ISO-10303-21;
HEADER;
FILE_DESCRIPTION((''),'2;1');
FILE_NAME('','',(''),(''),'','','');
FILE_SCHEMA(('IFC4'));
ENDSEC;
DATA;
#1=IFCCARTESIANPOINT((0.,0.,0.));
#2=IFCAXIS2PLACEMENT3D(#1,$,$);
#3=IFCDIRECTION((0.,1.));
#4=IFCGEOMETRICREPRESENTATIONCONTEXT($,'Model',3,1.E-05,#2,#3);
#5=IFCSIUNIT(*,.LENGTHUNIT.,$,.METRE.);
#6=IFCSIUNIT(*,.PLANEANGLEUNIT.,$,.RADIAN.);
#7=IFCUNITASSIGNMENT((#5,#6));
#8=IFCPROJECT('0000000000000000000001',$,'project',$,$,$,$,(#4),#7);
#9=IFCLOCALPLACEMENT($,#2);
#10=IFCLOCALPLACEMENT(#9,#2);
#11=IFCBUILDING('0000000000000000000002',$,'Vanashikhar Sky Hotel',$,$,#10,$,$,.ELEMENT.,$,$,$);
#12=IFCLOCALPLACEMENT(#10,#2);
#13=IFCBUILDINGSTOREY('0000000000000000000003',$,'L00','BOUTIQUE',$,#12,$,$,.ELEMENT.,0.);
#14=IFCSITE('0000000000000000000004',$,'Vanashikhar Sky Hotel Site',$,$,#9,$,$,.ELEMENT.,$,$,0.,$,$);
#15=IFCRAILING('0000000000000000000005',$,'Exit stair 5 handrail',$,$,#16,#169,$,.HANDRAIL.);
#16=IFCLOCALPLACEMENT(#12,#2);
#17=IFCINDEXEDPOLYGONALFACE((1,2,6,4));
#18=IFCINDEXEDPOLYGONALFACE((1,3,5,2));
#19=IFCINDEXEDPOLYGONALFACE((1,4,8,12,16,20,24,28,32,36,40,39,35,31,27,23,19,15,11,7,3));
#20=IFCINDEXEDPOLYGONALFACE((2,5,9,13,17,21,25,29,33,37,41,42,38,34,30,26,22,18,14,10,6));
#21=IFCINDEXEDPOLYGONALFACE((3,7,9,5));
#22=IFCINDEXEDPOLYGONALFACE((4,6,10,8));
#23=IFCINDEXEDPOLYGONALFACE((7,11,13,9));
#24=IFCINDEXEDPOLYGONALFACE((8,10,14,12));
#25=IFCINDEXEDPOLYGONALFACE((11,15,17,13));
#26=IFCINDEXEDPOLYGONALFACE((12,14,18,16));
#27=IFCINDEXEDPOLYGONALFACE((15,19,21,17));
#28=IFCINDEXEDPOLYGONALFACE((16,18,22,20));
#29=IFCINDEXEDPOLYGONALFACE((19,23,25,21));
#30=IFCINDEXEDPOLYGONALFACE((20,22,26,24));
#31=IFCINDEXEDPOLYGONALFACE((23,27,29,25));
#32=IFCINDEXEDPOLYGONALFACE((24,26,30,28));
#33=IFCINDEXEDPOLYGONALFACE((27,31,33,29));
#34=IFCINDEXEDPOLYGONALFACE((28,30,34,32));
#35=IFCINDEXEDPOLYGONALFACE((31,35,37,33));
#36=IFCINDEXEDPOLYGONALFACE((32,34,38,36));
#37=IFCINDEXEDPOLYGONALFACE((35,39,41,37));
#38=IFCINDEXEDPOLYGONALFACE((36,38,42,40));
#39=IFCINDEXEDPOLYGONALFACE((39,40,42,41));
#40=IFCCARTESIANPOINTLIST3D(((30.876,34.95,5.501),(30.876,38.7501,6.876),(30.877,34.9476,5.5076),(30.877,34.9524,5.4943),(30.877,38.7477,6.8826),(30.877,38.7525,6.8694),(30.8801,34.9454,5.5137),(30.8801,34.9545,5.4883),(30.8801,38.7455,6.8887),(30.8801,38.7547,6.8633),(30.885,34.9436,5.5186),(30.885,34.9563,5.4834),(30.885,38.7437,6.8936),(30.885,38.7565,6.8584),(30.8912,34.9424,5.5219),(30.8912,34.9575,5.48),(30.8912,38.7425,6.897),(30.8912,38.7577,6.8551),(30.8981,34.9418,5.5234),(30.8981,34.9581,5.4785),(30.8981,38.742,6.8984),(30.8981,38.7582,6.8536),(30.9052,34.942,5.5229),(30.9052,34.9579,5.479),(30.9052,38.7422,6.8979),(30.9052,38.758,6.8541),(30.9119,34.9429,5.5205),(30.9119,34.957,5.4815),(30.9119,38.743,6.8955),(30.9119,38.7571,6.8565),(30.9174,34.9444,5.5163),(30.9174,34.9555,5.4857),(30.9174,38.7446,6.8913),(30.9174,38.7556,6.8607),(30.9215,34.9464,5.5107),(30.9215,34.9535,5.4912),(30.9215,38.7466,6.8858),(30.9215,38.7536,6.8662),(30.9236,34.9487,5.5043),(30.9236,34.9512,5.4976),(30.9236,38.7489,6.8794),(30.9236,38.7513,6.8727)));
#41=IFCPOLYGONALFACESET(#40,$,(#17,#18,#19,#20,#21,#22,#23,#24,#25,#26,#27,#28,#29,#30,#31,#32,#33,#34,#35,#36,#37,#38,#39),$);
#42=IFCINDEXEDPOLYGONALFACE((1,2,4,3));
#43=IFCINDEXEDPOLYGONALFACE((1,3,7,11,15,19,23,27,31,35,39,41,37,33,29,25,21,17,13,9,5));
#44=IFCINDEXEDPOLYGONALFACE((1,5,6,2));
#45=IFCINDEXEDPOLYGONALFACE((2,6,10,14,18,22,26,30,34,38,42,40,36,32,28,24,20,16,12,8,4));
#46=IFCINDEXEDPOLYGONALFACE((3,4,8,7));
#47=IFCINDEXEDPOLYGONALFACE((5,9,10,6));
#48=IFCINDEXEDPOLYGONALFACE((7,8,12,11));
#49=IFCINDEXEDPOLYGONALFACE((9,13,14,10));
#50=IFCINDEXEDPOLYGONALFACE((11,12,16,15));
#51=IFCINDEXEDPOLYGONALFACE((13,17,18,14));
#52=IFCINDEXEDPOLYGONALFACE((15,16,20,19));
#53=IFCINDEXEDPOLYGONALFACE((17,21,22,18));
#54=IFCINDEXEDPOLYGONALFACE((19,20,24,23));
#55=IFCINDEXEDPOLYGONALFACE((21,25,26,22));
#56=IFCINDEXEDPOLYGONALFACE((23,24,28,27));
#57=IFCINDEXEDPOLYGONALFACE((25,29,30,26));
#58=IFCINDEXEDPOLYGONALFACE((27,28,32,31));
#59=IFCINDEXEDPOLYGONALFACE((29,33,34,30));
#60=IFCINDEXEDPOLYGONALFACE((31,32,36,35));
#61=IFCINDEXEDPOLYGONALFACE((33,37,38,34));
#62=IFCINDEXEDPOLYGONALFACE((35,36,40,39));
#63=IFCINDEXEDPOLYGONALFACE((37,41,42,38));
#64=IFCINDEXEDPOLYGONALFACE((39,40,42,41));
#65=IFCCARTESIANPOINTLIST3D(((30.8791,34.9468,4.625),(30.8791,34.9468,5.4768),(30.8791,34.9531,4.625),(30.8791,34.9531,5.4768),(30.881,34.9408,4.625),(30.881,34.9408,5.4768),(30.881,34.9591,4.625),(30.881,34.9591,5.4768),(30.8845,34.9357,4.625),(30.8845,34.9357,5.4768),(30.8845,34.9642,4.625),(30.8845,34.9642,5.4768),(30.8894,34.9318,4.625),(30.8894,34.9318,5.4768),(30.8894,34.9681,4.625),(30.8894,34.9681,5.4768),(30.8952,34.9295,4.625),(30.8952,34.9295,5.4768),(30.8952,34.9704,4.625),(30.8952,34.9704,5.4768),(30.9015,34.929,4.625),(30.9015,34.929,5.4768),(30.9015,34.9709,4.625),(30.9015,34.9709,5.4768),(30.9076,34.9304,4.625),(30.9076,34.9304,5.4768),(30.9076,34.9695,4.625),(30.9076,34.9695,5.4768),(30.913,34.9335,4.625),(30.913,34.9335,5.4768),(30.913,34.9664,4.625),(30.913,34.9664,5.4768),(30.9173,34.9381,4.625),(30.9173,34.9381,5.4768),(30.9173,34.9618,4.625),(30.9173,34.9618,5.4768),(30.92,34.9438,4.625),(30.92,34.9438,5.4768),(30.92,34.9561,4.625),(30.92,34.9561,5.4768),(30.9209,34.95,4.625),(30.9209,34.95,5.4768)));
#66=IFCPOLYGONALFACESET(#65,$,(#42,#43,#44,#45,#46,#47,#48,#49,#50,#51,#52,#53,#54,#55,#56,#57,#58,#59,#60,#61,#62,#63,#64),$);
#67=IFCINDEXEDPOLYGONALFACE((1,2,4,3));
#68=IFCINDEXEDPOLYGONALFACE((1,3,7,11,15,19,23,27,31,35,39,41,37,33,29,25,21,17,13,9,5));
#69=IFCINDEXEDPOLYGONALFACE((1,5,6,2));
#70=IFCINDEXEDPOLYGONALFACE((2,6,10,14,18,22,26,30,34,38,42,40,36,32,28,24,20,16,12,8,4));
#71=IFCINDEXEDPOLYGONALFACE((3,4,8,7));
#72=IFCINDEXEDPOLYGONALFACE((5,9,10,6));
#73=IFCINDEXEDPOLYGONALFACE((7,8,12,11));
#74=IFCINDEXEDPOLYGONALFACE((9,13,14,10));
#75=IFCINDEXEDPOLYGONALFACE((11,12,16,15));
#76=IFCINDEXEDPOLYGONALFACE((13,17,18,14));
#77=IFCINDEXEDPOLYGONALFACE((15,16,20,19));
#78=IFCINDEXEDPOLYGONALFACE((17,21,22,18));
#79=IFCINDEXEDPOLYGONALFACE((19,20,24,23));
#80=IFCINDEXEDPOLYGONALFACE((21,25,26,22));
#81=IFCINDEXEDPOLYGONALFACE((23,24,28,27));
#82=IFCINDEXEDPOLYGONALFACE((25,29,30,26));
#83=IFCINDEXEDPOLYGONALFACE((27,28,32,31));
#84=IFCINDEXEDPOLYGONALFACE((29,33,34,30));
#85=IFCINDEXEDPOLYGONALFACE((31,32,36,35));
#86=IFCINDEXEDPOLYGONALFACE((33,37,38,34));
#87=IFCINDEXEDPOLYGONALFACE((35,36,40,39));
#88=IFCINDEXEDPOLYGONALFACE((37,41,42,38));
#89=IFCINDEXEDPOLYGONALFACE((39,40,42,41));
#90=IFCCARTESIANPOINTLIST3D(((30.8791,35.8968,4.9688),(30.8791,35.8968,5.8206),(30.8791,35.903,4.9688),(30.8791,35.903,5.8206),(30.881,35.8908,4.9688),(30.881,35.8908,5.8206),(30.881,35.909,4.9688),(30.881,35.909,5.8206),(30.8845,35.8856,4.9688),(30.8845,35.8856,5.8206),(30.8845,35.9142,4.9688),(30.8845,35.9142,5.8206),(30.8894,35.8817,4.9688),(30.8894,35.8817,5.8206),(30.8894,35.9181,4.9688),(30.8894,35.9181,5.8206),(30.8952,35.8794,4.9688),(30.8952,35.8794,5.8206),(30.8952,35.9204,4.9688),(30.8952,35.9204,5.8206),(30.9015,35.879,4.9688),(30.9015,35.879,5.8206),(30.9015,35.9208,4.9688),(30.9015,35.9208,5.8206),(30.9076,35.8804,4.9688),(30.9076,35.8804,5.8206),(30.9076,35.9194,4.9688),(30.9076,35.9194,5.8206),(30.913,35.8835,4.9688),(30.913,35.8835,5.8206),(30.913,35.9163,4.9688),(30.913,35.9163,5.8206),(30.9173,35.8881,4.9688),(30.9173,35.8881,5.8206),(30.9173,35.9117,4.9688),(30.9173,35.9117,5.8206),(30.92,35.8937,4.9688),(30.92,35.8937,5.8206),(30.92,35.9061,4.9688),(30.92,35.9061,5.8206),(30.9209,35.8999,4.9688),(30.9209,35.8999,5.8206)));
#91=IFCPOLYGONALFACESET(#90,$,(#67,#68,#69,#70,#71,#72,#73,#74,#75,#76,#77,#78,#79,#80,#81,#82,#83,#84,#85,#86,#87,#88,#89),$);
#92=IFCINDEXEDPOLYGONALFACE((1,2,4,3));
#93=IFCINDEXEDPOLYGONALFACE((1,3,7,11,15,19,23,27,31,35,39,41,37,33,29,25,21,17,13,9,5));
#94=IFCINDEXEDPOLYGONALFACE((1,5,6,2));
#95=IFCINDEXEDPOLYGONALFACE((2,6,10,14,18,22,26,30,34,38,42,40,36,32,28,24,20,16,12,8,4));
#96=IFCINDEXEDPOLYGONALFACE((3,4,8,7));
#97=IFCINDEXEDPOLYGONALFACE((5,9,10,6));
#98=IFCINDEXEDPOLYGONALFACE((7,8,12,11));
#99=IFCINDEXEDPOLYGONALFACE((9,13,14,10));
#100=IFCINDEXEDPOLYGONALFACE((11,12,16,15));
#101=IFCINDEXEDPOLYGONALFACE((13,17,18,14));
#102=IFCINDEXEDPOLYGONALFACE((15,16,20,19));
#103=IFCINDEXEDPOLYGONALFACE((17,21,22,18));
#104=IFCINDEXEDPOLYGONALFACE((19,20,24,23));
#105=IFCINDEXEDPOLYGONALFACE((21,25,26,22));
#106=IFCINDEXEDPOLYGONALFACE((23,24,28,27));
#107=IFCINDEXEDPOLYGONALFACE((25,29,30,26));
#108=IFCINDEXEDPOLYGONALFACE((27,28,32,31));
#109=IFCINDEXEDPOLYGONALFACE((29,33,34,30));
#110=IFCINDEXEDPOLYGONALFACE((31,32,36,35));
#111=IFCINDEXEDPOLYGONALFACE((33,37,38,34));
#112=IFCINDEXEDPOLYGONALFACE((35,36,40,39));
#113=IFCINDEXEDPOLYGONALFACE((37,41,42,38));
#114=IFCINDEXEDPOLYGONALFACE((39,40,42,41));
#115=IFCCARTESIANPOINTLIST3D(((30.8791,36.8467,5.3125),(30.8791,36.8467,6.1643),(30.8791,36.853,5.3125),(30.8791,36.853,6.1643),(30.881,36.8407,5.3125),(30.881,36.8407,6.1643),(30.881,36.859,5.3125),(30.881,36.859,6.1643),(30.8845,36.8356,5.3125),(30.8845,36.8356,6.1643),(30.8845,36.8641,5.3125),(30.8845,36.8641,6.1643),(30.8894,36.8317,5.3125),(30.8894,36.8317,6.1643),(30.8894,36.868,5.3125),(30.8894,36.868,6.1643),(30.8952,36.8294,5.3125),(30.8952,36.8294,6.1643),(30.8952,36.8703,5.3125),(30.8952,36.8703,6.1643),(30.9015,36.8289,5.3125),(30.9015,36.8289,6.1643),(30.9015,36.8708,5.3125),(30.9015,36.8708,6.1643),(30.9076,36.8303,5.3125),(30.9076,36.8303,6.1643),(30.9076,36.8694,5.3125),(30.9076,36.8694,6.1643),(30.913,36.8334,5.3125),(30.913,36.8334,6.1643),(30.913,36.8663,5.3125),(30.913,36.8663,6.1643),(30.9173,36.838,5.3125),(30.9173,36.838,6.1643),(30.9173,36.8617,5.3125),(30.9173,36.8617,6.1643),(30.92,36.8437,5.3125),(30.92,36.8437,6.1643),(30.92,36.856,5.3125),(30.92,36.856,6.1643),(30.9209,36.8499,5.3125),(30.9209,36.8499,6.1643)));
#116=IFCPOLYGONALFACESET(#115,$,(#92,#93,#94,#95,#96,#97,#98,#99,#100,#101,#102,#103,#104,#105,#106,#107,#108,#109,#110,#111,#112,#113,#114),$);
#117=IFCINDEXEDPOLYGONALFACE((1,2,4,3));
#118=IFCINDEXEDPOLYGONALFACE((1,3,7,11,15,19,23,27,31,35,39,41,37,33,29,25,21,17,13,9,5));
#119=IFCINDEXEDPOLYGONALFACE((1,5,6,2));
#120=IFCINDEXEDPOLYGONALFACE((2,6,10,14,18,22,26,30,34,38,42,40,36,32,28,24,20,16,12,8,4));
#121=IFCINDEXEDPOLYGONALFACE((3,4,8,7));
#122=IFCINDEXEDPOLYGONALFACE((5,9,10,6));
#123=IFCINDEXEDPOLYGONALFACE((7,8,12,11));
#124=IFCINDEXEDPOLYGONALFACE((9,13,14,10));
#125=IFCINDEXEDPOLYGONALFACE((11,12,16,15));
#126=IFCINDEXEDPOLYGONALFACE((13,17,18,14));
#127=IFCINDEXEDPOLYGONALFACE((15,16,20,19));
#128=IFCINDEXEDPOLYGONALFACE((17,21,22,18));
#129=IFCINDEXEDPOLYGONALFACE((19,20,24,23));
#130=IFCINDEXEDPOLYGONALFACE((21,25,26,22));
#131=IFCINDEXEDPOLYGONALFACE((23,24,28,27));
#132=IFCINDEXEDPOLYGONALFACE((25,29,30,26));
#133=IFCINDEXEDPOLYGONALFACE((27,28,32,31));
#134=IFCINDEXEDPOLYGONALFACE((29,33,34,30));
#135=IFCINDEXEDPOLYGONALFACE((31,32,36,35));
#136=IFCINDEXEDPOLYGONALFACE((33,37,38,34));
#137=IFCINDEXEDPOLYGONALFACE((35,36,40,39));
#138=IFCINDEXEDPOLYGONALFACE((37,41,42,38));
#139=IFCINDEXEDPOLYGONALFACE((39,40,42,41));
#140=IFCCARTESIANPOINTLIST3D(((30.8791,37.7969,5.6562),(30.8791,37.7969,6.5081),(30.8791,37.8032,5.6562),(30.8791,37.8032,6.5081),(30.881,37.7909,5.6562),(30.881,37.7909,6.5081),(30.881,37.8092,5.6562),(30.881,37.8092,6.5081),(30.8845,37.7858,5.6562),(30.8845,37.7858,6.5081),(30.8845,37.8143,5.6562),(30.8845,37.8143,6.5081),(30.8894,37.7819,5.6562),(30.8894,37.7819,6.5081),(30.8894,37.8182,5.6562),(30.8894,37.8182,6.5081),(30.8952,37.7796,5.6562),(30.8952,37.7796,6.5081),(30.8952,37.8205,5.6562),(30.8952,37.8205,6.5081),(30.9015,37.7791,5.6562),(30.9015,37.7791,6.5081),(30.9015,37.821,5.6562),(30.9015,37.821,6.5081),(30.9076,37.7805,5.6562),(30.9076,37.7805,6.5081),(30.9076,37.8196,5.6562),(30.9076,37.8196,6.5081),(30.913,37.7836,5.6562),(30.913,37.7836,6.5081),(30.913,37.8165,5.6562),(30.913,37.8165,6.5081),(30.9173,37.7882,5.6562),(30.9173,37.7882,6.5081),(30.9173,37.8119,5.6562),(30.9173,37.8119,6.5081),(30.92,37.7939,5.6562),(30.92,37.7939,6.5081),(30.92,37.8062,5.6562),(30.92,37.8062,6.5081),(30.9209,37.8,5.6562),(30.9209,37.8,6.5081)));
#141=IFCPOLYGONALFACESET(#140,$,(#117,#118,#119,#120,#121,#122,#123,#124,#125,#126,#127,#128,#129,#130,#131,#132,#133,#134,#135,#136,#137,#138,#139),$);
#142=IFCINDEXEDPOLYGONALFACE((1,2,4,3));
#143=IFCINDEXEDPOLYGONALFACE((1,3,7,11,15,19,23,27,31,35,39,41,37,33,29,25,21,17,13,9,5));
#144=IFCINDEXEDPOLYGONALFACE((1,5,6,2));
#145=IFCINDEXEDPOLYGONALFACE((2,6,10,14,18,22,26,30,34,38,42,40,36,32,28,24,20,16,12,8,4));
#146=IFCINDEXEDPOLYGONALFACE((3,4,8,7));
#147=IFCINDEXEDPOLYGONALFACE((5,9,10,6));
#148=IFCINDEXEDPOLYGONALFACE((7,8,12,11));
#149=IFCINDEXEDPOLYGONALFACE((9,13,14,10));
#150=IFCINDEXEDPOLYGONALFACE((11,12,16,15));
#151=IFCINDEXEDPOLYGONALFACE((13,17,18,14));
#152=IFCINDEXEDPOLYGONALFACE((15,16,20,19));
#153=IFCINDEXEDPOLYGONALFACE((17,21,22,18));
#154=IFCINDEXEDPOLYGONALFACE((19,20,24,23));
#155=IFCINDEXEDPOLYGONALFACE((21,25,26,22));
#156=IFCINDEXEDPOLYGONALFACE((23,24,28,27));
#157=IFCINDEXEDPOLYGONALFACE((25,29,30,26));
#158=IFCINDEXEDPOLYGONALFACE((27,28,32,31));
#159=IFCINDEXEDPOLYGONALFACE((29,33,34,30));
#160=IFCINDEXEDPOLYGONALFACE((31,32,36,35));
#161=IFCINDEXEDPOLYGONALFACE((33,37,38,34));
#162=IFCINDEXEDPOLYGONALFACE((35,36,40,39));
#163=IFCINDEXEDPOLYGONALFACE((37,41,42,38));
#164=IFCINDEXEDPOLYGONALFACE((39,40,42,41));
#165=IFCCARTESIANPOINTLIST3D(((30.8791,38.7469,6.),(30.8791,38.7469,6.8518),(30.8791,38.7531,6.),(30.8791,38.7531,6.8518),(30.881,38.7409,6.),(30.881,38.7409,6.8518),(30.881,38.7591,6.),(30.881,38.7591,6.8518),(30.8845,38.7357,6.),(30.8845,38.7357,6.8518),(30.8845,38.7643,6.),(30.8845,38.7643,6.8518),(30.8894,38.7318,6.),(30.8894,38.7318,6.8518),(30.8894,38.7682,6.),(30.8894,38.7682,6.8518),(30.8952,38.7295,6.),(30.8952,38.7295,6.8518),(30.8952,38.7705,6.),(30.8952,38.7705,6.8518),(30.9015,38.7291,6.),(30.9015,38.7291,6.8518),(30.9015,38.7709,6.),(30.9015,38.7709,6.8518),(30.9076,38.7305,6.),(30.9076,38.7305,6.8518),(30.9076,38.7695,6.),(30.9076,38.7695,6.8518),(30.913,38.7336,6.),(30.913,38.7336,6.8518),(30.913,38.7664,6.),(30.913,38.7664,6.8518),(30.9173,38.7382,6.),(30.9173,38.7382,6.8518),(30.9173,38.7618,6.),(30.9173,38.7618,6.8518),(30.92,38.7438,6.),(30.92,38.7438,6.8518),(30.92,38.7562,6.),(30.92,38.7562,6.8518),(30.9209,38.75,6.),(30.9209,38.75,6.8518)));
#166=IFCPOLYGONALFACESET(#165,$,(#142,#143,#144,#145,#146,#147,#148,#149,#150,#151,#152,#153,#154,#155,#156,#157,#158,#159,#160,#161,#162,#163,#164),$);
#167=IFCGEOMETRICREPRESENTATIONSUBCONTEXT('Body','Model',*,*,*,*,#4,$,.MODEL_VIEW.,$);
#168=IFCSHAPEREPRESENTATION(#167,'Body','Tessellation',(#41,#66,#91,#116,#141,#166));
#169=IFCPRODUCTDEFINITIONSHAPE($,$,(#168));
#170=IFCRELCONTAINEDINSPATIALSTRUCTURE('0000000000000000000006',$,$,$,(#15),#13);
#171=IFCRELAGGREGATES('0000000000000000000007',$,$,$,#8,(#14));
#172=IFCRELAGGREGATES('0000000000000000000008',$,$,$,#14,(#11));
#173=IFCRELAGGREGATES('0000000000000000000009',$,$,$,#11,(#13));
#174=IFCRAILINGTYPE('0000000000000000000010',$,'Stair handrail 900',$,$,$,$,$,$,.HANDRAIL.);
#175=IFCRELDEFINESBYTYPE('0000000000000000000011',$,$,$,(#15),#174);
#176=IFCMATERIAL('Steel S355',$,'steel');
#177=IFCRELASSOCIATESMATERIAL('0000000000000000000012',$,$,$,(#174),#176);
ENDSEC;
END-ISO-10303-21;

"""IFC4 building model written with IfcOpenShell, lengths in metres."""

from ifc_helpers import new_model, si_unit, direction, frame, origin, origin_2d, place, context, subcontext, project, spatial, circle, extrude, source, transform, mapped, material, type_object, element, save


model = new_model("IFC4")

# Units and contexts
model_context = context("Model", 3, precision=1e-05, world=origin(), true_north=direction((0.0, 1.0)))
body_context = subcontext(model_context, "Body", "Model", "MODEL_VIEW")
ifc_project = project(units=[si_unit("LENGTHUNIT", "METRE"), si_unit("PLANEANGLEUNIT", "RADIAN")], contexts=[model_context])

# Site, building, storey
site_placement = place(None, origin())
site = spatial("IfcSite", under=ifc_project, at=site_placement, Name="Vanashikhar Sky Hotel Site", CompositionType="ELEMENT", RefElevation=0.0)
building_placement = place(site_placement, origin())
building = spatial("IfcBuilding", under=site, at=building_placement, Name="Vanashikhar Sky Hotel", CompositionType="ELEMENT")
storey_placement = place(building_placement, origin())
storey = spatial("IfcBuildingStorey", under=building, at=storey_placement, Name="L00", Description="BOUTIQUE", CompositionType="ELEMENT", Elevation=0.0)

# Railing
ifc_material_1 = material(Name="Steel S355", Category="steel")
railing_type_1 = type_object("IfcRailingType", Name="Stair handrail 900", PredefinedType="HANDRAIL", material=ifc_material_1)
shared_shape_1 = source(origin(), body_context, "Body", "SweptSolid", [
    extrude(circle(Radius=0.0239, at=origin_2d()), frame((0.0, 0.0, 0.876), z_axis=(0.0, 0.940336, 0.340249), x_axis=(-1.0, 0.0, 0.0)), (0.0, 0.0, 1.0), 4.0413),
    extrude(circle(Radius=0.021, at=origin_2d()), origin(), (0.0, 0.0, 1.0), 0.8518),
    extrude(circle(Radius=0.021, at=origin_2d()), frame((0.0, 0.95, 0.3438)), (0.0, 0.0, 1.0), 0.8518),
    extrude(circle(Radius=0.021, at=origin_2d()), frame((0.0, 1.8999, 0.6875)), (0.0, 0.0, 1.0), 0.8518),
    extrude(circle(Radius=0.021, at=origin_2d()), frame((0.0, 2.8501, 1.0312)), (0.0, 0.0, 1.0), 0.8518),
    extrude(circle(Radius=0.021, at=origin_2d()), frame((0.0, 3.8, 1.375)), (0.0, 0.0, 1.0), 0.8518),
])
for number, where, name in (
    (1, (30.8999, 34.95, 4.625), "Exit stair 5 handrail"),
):
    element("IfcRailing", number, at=place(storey_placement, frame(where)), inside=storey, type_object=railing_type_1, Name=name, PredefinedType="HANDRAIL", context=body_context, shape_type="MappedRepresentation", body=[
        mapped(shared_shape_1, transform((0.0, 0.0, 0.0), scale=1.0)),
    ])

save(model, "model.ifc")
